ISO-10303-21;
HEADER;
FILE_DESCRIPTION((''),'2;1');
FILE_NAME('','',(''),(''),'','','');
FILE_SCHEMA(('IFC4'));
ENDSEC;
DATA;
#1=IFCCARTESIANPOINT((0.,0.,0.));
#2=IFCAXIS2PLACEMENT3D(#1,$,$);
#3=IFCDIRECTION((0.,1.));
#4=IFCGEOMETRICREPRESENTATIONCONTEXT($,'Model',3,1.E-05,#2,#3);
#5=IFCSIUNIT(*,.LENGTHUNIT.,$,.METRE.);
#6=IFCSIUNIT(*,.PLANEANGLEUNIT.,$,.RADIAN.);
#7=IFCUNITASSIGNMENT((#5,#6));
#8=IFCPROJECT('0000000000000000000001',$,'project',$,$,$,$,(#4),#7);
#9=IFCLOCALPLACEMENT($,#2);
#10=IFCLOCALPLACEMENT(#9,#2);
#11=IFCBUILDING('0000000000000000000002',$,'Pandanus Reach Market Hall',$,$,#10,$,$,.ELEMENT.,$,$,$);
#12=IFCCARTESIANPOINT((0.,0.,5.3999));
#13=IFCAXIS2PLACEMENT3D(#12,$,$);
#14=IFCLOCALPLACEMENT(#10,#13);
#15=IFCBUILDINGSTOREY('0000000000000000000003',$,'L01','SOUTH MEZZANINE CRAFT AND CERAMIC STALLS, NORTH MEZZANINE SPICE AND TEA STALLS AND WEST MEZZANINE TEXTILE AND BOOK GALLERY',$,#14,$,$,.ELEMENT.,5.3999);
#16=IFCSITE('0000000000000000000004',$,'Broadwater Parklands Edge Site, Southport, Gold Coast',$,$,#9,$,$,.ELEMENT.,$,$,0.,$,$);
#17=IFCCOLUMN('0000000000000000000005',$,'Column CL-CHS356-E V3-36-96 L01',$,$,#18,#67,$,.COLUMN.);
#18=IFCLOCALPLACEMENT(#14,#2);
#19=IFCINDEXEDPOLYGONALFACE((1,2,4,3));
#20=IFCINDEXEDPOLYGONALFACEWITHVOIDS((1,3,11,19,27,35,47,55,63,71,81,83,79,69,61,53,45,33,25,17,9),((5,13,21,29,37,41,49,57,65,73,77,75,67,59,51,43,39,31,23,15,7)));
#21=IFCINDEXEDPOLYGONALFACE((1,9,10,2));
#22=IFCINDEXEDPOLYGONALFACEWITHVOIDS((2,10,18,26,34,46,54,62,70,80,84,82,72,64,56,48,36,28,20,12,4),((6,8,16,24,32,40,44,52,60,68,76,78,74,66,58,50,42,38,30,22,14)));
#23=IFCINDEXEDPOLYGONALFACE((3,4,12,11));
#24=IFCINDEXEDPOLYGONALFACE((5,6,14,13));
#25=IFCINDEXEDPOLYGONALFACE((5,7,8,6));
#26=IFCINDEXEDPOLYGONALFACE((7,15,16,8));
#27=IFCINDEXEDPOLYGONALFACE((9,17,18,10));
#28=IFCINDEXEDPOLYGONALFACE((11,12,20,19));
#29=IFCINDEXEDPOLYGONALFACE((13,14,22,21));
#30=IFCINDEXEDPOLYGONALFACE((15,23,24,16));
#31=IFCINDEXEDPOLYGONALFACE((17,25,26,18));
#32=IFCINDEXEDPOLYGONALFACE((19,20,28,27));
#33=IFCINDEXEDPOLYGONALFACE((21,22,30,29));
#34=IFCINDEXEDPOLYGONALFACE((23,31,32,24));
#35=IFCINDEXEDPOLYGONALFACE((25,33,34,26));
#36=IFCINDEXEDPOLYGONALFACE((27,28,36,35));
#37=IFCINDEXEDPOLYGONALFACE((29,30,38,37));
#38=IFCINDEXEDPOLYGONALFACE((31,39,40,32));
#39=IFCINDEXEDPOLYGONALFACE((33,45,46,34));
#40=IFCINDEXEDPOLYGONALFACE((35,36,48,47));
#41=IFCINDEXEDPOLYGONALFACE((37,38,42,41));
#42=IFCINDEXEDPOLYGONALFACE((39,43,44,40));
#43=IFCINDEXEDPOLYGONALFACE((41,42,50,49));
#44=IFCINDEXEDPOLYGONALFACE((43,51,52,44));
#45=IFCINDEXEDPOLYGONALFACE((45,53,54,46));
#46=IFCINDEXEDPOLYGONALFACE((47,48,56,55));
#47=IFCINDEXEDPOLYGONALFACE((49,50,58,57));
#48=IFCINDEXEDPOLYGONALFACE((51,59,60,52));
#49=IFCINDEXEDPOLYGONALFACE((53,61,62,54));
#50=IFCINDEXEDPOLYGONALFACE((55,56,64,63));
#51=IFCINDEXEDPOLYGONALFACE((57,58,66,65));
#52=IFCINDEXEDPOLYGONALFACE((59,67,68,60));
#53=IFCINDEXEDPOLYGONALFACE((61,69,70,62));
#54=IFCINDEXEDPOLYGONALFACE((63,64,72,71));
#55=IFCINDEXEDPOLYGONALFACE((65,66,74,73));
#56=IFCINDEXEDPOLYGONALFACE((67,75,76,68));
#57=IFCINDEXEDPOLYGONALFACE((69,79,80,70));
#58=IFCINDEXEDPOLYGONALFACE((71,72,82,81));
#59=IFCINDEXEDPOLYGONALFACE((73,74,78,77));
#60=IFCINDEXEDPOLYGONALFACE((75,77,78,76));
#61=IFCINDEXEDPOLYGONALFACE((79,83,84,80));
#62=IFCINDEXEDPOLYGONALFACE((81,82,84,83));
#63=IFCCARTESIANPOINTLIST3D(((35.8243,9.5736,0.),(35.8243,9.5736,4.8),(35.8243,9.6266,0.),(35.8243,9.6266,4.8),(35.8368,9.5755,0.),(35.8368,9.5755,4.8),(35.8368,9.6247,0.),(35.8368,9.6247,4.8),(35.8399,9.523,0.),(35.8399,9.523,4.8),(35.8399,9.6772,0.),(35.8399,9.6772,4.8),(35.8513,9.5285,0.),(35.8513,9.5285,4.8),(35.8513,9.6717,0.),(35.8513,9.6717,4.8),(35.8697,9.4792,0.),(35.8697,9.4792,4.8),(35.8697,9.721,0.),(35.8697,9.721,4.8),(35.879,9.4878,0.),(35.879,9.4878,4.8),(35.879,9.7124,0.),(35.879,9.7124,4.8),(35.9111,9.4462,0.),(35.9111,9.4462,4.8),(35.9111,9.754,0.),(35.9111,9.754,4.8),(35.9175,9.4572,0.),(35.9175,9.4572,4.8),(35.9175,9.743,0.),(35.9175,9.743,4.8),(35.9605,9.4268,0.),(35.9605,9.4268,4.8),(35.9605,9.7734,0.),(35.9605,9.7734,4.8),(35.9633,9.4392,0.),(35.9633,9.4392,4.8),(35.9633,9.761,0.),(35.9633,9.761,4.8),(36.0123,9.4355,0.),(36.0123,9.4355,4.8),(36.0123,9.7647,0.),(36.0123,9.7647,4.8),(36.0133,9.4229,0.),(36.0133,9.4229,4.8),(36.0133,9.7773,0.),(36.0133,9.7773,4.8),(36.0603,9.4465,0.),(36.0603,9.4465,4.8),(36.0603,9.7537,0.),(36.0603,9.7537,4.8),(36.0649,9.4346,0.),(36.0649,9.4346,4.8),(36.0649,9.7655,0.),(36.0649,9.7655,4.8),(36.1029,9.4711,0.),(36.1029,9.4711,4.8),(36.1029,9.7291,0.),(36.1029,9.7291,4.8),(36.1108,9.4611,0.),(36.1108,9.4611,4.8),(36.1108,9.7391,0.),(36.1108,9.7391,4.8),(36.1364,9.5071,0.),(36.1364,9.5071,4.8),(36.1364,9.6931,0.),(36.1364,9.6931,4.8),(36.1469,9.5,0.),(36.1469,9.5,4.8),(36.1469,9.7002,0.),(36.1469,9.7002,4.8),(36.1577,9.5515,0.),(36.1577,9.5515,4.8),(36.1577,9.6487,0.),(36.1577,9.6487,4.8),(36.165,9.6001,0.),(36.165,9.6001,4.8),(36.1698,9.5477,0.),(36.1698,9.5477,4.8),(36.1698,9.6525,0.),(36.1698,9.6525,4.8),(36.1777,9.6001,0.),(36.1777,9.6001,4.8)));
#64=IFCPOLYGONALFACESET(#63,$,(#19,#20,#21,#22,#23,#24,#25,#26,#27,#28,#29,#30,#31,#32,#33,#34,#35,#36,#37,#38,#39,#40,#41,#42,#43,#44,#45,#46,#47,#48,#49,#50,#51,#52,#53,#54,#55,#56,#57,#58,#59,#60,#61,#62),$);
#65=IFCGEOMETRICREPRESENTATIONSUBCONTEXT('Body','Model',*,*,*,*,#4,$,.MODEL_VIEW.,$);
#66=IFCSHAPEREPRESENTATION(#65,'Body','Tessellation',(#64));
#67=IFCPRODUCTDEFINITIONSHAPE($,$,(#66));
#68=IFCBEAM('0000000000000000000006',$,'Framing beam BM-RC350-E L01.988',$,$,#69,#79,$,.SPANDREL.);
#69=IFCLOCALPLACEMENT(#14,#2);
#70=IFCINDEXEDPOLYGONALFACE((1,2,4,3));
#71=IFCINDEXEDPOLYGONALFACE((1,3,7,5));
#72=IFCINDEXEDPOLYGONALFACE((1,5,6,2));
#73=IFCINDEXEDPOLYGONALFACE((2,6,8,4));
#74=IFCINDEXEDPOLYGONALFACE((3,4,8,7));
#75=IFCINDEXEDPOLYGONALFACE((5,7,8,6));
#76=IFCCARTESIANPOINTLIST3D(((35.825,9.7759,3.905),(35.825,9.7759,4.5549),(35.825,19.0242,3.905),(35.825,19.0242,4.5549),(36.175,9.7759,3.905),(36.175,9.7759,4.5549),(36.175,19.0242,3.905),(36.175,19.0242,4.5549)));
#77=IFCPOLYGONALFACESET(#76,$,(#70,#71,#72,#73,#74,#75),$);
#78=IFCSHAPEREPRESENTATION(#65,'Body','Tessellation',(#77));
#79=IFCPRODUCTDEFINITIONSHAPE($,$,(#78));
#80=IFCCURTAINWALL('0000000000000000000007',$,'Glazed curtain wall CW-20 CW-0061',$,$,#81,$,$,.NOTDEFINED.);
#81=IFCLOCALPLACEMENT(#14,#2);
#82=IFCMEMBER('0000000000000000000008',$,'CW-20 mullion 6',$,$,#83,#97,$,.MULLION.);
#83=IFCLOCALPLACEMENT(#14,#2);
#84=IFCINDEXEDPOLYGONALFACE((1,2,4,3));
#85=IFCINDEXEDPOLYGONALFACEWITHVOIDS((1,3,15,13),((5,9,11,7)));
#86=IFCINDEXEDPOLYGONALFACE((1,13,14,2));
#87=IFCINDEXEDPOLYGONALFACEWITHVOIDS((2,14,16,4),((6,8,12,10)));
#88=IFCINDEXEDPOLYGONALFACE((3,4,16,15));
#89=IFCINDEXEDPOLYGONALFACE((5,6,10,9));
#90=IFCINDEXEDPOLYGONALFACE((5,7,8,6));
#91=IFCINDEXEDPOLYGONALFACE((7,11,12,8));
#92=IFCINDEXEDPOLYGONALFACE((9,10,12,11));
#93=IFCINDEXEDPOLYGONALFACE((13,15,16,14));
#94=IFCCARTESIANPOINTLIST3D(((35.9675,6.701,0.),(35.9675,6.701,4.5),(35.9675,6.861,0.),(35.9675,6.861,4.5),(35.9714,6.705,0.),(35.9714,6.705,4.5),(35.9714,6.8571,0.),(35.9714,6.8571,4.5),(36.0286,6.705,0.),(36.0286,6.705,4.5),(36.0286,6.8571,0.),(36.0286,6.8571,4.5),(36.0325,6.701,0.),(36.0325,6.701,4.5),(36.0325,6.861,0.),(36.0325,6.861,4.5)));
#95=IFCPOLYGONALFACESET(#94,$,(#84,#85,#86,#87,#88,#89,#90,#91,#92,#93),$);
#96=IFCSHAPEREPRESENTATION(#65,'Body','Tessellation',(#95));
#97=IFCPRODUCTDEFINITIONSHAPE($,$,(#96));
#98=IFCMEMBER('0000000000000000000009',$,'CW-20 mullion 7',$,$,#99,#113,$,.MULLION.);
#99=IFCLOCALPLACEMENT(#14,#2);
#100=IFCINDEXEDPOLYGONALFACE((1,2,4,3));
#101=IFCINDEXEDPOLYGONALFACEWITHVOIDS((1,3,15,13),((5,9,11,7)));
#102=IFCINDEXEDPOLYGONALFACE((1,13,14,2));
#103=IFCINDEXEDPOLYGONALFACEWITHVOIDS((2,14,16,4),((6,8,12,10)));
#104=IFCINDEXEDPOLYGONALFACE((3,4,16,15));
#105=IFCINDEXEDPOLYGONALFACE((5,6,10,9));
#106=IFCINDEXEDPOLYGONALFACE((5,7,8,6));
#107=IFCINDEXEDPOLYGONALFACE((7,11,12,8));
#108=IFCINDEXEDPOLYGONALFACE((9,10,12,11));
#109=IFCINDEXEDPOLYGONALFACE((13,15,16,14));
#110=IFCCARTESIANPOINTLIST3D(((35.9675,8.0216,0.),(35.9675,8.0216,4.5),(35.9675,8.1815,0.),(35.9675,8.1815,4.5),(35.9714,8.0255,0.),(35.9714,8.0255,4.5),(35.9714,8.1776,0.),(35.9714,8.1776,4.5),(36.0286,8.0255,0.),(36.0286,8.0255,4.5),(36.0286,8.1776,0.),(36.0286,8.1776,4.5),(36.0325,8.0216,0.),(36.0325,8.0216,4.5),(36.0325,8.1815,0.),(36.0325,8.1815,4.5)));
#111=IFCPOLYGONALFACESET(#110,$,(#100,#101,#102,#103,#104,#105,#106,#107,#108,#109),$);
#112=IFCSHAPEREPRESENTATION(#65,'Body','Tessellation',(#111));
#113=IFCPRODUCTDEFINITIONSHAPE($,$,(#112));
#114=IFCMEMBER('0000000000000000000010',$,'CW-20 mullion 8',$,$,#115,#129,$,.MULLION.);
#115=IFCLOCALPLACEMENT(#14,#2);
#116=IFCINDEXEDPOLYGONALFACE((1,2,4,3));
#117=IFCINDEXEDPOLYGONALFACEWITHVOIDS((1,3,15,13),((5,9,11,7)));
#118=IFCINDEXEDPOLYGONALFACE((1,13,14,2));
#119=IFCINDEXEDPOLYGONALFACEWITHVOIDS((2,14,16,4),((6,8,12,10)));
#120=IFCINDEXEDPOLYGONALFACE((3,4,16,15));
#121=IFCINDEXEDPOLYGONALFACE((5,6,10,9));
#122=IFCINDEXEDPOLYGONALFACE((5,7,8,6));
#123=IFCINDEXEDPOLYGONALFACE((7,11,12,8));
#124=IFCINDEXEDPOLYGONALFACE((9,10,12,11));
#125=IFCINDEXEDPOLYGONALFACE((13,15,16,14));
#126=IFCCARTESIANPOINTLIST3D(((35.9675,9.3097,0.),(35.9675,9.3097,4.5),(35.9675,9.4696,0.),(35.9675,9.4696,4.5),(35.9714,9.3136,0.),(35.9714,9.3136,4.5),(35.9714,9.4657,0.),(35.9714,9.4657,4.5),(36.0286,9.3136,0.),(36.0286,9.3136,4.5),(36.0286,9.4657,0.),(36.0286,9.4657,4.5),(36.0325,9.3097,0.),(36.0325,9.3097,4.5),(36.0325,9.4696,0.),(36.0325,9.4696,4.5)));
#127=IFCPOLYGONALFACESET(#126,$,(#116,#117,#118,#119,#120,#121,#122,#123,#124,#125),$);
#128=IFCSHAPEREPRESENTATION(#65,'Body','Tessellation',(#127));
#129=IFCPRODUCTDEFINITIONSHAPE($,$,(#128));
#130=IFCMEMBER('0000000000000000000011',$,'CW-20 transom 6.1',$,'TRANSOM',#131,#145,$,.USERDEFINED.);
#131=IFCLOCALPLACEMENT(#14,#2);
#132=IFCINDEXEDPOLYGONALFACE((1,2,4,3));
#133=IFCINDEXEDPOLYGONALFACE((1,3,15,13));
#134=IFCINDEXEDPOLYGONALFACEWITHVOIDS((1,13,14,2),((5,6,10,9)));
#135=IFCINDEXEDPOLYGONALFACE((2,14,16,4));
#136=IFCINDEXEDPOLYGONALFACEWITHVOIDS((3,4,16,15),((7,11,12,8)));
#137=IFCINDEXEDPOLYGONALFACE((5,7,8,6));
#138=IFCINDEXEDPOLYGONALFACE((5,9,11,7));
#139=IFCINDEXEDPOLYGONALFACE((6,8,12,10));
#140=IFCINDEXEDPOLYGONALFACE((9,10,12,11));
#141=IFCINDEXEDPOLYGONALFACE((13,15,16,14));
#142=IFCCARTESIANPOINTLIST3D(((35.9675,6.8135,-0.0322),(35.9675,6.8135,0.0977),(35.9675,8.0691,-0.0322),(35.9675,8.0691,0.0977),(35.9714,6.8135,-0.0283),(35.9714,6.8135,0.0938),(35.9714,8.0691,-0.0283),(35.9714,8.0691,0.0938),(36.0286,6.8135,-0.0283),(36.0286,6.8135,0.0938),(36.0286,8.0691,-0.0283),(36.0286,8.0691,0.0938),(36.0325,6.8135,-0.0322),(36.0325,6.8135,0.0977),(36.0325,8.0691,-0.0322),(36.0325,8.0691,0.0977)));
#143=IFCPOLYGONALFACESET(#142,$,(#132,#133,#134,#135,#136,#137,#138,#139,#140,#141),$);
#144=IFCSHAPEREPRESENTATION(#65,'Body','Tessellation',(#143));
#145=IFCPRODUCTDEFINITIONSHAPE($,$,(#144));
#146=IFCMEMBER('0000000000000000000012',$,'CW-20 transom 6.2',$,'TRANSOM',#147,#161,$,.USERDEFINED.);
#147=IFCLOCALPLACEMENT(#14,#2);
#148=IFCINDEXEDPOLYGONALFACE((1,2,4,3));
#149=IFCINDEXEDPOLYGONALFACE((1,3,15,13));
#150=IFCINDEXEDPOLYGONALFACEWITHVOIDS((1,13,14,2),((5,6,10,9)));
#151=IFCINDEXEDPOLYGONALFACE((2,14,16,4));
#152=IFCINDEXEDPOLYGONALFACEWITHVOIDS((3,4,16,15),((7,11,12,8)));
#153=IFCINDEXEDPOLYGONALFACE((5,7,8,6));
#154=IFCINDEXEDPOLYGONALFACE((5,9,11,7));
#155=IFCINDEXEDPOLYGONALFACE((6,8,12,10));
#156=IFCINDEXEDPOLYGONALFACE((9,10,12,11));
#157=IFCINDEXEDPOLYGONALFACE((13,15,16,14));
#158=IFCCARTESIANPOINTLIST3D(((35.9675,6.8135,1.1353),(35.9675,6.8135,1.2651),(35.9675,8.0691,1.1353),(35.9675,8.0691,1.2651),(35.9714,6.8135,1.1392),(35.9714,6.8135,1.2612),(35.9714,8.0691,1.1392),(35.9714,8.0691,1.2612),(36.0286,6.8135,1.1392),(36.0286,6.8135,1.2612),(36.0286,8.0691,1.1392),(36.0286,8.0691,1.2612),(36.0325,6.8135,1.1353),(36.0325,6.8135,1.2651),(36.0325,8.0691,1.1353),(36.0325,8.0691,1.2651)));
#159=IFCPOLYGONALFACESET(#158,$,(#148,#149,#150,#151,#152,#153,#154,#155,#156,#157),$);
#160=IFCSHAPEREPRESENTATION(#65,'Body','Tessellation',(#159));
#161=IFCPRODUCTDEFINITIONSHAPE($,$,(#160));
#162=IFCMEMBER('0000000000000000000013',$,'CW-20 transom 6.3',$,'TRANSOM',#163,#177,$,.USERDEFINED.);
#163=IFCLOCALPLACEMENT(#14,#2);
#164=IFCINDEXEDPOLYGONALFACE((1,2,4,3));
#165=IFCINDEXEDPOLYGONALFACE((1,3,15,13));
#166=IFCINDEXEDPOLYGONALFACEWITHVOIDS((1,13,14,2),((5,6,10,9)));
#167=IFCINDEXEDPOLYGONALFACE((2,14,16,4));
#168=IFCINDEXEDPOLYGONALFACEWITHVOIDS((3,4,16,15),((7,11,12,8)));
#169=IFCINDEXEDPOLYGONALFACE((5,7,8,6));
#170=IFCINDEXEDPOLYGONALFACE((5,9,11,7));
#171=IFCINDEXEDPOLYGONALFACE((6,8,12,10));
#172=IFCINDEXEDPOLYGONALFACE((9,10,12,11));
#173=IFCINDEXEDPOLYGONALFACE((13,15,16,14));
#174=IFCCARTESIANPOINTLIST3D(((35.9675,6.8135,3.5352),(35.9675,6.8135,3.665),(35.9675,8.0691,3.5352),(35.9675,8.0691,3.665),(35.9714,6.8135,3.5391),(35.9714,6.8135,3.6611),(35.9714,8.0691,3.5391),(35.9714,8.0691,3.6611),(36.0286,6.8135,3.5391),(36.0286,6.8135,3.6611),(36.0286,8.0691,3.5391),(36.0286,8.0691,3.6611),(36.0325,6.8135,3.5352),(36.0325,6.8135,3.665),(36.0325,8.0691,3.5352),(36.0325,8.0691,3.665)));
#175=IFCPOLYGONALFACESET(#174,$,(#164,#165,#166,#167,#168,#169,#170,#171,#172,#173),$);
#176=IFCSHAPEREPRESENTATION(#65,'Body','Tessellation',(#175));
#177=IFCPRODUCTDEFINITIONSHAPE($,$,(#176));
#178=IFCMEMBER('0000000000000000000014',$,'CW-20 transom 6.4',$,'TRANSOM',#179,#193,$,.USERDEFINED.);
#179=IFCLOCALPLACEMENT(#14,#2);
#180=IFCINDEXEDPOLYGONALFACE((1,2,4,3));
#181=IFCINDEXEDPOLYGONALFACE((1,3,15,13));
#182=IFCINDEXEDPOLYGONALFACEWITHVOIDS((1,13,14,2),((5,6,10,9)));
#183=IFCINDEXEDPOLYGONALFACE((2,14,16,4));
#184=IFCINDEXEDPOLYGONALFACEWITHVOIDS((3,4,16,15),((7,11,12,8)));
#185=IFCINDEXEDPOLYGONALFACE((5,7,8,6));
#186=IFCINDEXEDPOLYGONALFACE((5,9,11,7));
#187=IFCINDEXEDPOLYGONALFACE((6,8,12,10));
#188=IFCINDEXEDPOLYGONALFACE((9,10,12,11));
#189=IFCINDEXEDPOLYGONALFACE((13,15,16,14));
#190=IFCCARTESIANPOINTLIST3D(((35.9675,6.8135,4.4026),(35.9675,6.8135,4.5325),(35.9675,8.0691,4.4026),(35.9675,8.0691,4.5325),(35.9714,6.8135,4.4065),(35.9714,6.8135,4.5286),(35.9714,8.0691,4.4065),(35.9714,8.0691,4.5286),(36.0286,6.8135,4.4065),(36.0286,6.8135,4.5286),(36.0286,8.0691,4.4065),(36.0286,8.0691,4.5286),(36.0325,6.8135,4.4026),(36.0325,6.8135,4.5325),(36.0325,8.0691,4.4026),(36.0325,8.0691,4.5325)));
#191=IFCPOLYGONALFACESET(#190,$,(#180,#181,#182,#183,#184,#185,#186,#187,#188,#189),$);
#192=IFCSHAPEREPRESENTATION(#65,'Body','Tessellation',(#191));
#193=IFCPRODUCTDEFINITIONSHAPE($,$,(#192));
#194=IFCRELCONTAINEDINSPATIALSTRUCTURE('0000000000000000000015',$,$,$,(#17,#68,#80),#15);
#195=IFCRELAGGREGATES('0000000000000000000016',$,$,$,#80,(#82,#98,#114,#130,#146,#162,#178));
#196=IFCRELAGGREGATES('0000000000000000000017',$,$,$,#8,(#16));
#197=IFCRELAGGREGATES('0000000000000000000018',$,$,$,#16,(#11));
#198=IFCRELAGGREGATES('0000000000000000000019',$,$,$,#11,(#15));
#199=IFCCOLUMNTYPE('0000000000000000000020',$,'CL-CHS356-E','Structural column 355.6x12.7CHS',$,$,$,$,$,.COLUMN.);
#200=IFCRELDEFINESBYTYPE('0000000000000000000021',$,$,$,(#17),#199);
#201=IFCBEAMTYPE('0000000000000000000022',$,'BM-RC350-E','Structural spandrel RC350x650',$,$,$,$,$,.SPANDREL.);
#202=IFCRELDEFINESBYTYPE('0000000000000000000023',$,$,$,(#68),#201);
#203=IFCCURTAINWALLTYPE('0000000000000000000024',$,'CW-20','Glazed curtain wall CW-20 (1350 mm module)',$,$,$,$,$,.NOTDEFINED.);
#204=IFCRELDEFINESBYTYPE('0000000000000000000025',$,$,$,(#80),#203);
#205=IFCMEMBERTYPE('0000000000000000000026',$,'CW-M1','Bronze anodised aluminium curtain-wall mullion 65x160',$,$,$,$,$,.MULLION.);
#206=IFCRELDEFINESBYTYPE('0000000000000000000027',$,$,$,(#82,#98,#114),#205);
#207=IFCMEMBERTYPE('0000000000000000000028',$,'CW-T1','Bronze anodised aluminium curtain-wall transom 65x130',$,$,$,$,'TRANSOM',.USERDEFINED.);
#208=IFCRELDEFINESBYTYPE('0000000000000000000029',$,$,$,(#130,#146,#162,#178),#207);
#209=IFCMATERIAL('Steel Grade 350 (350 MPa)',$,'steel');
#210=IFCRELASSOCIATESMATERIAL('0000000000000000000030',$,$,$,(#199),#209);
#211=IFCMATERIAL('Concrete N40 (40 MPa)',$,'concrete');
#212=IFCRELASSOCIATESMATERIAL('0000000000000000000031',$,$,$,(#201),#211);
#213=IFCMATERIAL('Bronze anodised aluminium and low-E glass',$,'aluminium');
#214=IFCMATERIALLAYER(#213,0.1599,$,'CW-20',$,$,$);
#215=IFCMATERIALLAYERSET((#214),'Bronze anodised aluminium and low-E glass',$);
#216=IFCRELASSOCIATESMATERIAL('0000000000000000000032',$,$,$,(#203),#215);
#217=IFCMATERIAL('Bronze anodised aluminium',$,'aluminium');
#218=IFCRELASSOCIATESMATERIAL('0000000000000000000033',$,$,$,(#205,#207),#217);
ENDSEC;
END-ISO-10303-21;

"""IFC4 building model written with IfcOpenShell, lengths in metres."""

from ifc_helpers import new_model, si_unit, direction, frame, origin, origin_2d, place, context, subcontext, project, spatial, rectangle, hollow_rectangle, hollow_circle, extrude, material, layer, layer_set, material_profile, profile_set, type_object, element, aggregate, save


model = new_model("IFC4")

# Units and contexts
model_context = context("Model", 3, precision=1e-05, world=origin(), true_north=direction((0.0, 1.0)))
body_context = subcontext(model_context, "Body", "Model", "MODEL_VIEW")
ifc_project = project(units=[si_unit("LENGTHUNIT", "METRE"), si_unit("PLANEANGLEUNIT", "RADIAN")], contexts=[model_context])

# Site, building, storey
site_placement = place(None, origin())
site = spatial("IfcSite", under=ifc_project, at=site_placement, Name="Broadwater Parklands Edge Site, Southport, Gold Coast", CompositionType="ELEMENT", RefElevation=0.0)
building_placement = place(site_placement, origin())
building = spatial("IfcBuilding", under=site, at=building_placement, Name="Pandanus Reach Market Hall", CompositionType="ELEMENT")
storey_placement = place(building_placement, frame((0.0, 0.0, 5.3999)))
storey = spatial("IfcBuildingStorey", under=building, at=storey_placement, Name="L01", Description="SOUTH MEZZANINE CRAFT AND CERAMIC STALLS, NORTH MEZZANINE SPICE AND TEA STALLS AND WEST MEZZANINE TEXTILE AND BOOK GALLERY", CompositionType="ELEMENT", Elevation=5.3999)

# Column
ifc_material_1 = material(Name="Steel Grade 350 (350 MPa)", Category="steel")
ifc_material_profile_1 = material_profile(ifc_material_1, hollow_circle(Radius=0.1777, WallThickness=0.0127, at=origin_2d()), Name="355.6x12.7CHS", Category="LoadBearing")
ifc_profile_set_1 = profile_set([ifc_material_profile_1], Name="Steel Grade 350 (350 MPa)")
column_type = type_object("IfcColumnType", Name="CL-CHS356-E", Description="Structural column 355.6x12.7CHS", PredefinedType="COLUMN", material=ifc_profile_set_1)
column_placement = place(storey_placement, frame((36.0, 9.6001, 0.0), z_axis=(0.0, 0.0, 1.0), x_axis=(1.0, 0.0, 0.0)))
element("IfcColumn", 1, at=column_placement, inside=storey, type_object=column_type, Name="Column CL-CHS356-E V3-36-96 L01", PredefinedType="COLUMN", context=body_context, shape_type="SweptSolid", body=[
    extrude(hollow_circle(Radius=0.1777, WallThickness=0.0127, at=origin_2d()), origin(), (0.0, 0.0, 1.0), 4.8),
])

# Beam
ifc_material_2 = material(Name="Concrete N40 (40 MPa)", Category="concrete")
ifc_material_profile_2 = material_profile(ifc_material_2, rectangle(XDim=0.3501, YDim=0.6499, at=origin_2d()), Name="RC350x650", Category="LoadBearing")
ifc_profile_set_2 = profile_set([ifc_material_profile_2], Name="Concrete N40 (40 MPa)")
beam_type = type_object("IfcBeamType", Name="BM-RC350-E", Description="Structural spandrel RC350x650", PredefinedType="SPANDREL", material=ifc_profile_set_2)
beam_placement = place(storey_placement, frame((36.0, 9.7759, 4.23), z_axis=(0.0, 1.0, 0.0), x_axis=(-1.0, 0.0, 0.0)))
element("IfcBeam", 2, at=beam_placement, inside=storey, type_object=beam_type, Name="Framing beam BM-RC350-E L01.988", PredefinedType="SPANDREL", context=body_context, shape_type="SweptSolid", body=[
    extrude(rectangle(XDim=0.3501, YDim=0.6499, at=origin_2d()), origin(), (0.0, 0.0, 1.0), 9.2483),
])

# Curtain wall, members
ifc_material_3 = material(Name="Bronze anodised aluminium and low-E glass", Category="aluminium")
ifc_layer_1 = layer(ifc_material_3, 0.1599, Name="CW-20")
ifc_layer_set_1 = layer_set([ifc_layer_1], Name="Bronze anodised aluminium and low-E glass")
curtain_wall_type = type_object("IfcCurtainWallType", Name="CW-20", Description="Glazed curtain wall CW-20 (1350 mm module)", PredefinedType="NOTDEFINED", material=ifc_layer_set_1)
curtain_wall_placement = place(storey_placement, origin())
curtain_wall = element("IfcCurtainWall", 3, at=curtain_wall_placement, inside=storey, type_object=curtain_wall_type, Name="Glazed curtain wall CW-20 CW-0061", PredefinedType="NOTDEFINED")
ifc_material_4 = material(Name="Bronze anodised aluminium", Category="aluminium")
ifc_material_profile_3 = material_profile(ifc_material_4, hollow_rectangle(XDim=0.0649, YDim=0.1599, WallThickness=0.0039, at=origin_2d()), Name="ALU65x160", Category="LoadBearing")
ifc_profile_set_3 = profile_set([ifc_material_profile_3], Name="Bronze anodised aluminium")
member_type_1 = type_object("IfcMemberType", Name="CW-M1", Description="Bronze anodised aluminium curtain-wall mullion 65x160", PredefinedType="MULLION", material=ifc_profile_set_3)
member_1_placement = place(storey_placement, frame((36.0, 6.781, 0.0), z_axis=(0.0, 0.0, 1.0), x_axis=(-1.0, 0.0, 0.0)))
member_1 = element("IfcMember", 4, at=member_1_placement, type_object=member_type_1, Name="CW-20 mullion 6", PredefinedType="MULLION", context=body_context, shape_type="SweptSolid", body=[
    extrude(hollow_rectangle(XDim=0.0649, YDim=0.1599, WallThickness=0.0039, at=origin_2d()), origin(), (0.0, 0.0, 1.0), 4.5),
])
member_2_placement = place(storey_placement, frame((36.0, 8.1016, 0.0), z_axis=(0.0, 0.0, 1.0), x_axis=(-1.0, 0.0, 0.0)))
member_2 = element("IfcMember", 5, at=member_2_placement, type_object=member_type_1, Name="CW-20 mullion 7", PredefinedType="MULLION", context=body_context, shape_type="SweptSolid", body=[
    extrude(hollow_rectangle(XDim=0.0649, YDim=0.1599, WallThickness=0.0039, at=origin_2d()), origin(), (0.0, 0.0, 1.0), 4.5),
])
member_3_placement = place(storey_placement, frame((36.0, 9.3896, 0.0), z_axis=(0.0, 0.0, 1.0), x_axis=(-1.0, 0.0, 0.0)))
member_3 = element("IfcMember", 6, at=member_3_placement, type_object=member_type_1, Name="CW-20 mullion 8", PredefinedType="MULLION", context=body_context, shape_type="SweptSolid", body=[
    extrude(hollow_rectangle(XDim=0.0649, YDim=0.1599, WallThickness=0.0039, at=origin_2d()), origin(), (0.0, 0.0, 1.0), 4.5),
])
ifc_material_profile_4 = material_profile(ifc_material_4, hollow_rectangle(XDim=0.0649, YDim=0.1299, WallThickness=0.0039, at=origin_2d()), Name="ALU65x130", Category="LoadBearing")
ifc_profile_set_4 = profile_set([ifc_material_profile_4], Name="Bronze anodised aluminium")
member_type_2 = type_object("IfcMemberType", Name="CW-T1", Description="Bronze anodised aluminium curtain-wall transom 65x130", ElementType="TRANSOM", PredefinedType="USERDEFINED", material=ifc_profile_set_4)
member_4_placement = place(storey_placement, frame((36.0, 6.8135, 0.0327), z_axis=(0.0, 1.0, 0.0), x_axis=(-1.0, 0.0, 0.0)))
member_4 = element("IfcMember", 7, at=member_4_placement, type_object=member_type_2, Name="CW-20 transom 6.1", ObjectType="TRANSOM", PredefinedType="USERDEFINED", context=body_context, shape_type="SweptSolid", body=[
    extrude(hollow_rectangle(XDim=0.0649, YDim=0.1299, WallThickness=0.0039, at=origin_2d()), origin(), (0.0, 0.0, 1.0), 1.2556),
])
member_5_placement = place(storey_placement, frame((36.0, 6.8135, 1.2002), z_axis=(0.0, 1.0, 0.0), x_axis=(-1.0, 0.0, 0.0)))
member_5 = element("IfcMember", 8, at=member_5_placement, type_object=member_type_2, Name="CW-20 transom 6.2", ObjectType="TRANSOM", PredefinedType="USERDEFINED", context=body_context, shape_type="SweptSolid", body=[
    extrude(hollow_rectangle(XDim=0.0649, YDim=0.1299, WallThickness=0.0039, at=origin_2d()), origin(), (0.0, 0.0, 1.0), 1.2556),
])
member_6_placement = place(storey_placement, frame((36.0, 6.8135, 3.6001), z_axis=(0.0, 1.0, 0.0), x_axis=(-1.0, 0.0, 0.0)))
member_6 = element("IfcMember", 9, at=member_6_placement, type_object=member_type_2, Name="CW-20 transom 6.3", ObjectType="TRANSOM", PredefinedType="USERDEFINED", context=body_context, shape_type="SweptSolid", body=[
    extrude(hollow_rectangle(XDim=0.0649, YDim=0.1299, WallThickness=0.0039, at=origin_2d()), origin(), (0.0, 0.0, 1.0), 1.2556),
])
member_7_placement = place(storey_placement, frame((36.0, 6.8135, 4.4675), z_axis=(0.0, 1.0, 0.0), x_axis=(-1.0, 0.0, 0.0)))
member_7 = element("IfcMember", 10, at=member_7_placement, type_object=member_type_2, Name="CW-20 transom 6.4", ObjectType="TRANSOM", PredefinedType="USERDEFINED", context=body_context, shape_type="SweptSolid", body=[
    extrude(hollow_rectangle(XDim=0.0649, YDim=0.1299, WallThickness=0.0039, at=origin_2d()), origin(), (0.0, 0.0, 1.0), 1.2556),
])

aggregate(curtain_wall, [member_1, member_2, member_3, member_4, member_5, member_6, member_7])

save(model, "model.ifc")
